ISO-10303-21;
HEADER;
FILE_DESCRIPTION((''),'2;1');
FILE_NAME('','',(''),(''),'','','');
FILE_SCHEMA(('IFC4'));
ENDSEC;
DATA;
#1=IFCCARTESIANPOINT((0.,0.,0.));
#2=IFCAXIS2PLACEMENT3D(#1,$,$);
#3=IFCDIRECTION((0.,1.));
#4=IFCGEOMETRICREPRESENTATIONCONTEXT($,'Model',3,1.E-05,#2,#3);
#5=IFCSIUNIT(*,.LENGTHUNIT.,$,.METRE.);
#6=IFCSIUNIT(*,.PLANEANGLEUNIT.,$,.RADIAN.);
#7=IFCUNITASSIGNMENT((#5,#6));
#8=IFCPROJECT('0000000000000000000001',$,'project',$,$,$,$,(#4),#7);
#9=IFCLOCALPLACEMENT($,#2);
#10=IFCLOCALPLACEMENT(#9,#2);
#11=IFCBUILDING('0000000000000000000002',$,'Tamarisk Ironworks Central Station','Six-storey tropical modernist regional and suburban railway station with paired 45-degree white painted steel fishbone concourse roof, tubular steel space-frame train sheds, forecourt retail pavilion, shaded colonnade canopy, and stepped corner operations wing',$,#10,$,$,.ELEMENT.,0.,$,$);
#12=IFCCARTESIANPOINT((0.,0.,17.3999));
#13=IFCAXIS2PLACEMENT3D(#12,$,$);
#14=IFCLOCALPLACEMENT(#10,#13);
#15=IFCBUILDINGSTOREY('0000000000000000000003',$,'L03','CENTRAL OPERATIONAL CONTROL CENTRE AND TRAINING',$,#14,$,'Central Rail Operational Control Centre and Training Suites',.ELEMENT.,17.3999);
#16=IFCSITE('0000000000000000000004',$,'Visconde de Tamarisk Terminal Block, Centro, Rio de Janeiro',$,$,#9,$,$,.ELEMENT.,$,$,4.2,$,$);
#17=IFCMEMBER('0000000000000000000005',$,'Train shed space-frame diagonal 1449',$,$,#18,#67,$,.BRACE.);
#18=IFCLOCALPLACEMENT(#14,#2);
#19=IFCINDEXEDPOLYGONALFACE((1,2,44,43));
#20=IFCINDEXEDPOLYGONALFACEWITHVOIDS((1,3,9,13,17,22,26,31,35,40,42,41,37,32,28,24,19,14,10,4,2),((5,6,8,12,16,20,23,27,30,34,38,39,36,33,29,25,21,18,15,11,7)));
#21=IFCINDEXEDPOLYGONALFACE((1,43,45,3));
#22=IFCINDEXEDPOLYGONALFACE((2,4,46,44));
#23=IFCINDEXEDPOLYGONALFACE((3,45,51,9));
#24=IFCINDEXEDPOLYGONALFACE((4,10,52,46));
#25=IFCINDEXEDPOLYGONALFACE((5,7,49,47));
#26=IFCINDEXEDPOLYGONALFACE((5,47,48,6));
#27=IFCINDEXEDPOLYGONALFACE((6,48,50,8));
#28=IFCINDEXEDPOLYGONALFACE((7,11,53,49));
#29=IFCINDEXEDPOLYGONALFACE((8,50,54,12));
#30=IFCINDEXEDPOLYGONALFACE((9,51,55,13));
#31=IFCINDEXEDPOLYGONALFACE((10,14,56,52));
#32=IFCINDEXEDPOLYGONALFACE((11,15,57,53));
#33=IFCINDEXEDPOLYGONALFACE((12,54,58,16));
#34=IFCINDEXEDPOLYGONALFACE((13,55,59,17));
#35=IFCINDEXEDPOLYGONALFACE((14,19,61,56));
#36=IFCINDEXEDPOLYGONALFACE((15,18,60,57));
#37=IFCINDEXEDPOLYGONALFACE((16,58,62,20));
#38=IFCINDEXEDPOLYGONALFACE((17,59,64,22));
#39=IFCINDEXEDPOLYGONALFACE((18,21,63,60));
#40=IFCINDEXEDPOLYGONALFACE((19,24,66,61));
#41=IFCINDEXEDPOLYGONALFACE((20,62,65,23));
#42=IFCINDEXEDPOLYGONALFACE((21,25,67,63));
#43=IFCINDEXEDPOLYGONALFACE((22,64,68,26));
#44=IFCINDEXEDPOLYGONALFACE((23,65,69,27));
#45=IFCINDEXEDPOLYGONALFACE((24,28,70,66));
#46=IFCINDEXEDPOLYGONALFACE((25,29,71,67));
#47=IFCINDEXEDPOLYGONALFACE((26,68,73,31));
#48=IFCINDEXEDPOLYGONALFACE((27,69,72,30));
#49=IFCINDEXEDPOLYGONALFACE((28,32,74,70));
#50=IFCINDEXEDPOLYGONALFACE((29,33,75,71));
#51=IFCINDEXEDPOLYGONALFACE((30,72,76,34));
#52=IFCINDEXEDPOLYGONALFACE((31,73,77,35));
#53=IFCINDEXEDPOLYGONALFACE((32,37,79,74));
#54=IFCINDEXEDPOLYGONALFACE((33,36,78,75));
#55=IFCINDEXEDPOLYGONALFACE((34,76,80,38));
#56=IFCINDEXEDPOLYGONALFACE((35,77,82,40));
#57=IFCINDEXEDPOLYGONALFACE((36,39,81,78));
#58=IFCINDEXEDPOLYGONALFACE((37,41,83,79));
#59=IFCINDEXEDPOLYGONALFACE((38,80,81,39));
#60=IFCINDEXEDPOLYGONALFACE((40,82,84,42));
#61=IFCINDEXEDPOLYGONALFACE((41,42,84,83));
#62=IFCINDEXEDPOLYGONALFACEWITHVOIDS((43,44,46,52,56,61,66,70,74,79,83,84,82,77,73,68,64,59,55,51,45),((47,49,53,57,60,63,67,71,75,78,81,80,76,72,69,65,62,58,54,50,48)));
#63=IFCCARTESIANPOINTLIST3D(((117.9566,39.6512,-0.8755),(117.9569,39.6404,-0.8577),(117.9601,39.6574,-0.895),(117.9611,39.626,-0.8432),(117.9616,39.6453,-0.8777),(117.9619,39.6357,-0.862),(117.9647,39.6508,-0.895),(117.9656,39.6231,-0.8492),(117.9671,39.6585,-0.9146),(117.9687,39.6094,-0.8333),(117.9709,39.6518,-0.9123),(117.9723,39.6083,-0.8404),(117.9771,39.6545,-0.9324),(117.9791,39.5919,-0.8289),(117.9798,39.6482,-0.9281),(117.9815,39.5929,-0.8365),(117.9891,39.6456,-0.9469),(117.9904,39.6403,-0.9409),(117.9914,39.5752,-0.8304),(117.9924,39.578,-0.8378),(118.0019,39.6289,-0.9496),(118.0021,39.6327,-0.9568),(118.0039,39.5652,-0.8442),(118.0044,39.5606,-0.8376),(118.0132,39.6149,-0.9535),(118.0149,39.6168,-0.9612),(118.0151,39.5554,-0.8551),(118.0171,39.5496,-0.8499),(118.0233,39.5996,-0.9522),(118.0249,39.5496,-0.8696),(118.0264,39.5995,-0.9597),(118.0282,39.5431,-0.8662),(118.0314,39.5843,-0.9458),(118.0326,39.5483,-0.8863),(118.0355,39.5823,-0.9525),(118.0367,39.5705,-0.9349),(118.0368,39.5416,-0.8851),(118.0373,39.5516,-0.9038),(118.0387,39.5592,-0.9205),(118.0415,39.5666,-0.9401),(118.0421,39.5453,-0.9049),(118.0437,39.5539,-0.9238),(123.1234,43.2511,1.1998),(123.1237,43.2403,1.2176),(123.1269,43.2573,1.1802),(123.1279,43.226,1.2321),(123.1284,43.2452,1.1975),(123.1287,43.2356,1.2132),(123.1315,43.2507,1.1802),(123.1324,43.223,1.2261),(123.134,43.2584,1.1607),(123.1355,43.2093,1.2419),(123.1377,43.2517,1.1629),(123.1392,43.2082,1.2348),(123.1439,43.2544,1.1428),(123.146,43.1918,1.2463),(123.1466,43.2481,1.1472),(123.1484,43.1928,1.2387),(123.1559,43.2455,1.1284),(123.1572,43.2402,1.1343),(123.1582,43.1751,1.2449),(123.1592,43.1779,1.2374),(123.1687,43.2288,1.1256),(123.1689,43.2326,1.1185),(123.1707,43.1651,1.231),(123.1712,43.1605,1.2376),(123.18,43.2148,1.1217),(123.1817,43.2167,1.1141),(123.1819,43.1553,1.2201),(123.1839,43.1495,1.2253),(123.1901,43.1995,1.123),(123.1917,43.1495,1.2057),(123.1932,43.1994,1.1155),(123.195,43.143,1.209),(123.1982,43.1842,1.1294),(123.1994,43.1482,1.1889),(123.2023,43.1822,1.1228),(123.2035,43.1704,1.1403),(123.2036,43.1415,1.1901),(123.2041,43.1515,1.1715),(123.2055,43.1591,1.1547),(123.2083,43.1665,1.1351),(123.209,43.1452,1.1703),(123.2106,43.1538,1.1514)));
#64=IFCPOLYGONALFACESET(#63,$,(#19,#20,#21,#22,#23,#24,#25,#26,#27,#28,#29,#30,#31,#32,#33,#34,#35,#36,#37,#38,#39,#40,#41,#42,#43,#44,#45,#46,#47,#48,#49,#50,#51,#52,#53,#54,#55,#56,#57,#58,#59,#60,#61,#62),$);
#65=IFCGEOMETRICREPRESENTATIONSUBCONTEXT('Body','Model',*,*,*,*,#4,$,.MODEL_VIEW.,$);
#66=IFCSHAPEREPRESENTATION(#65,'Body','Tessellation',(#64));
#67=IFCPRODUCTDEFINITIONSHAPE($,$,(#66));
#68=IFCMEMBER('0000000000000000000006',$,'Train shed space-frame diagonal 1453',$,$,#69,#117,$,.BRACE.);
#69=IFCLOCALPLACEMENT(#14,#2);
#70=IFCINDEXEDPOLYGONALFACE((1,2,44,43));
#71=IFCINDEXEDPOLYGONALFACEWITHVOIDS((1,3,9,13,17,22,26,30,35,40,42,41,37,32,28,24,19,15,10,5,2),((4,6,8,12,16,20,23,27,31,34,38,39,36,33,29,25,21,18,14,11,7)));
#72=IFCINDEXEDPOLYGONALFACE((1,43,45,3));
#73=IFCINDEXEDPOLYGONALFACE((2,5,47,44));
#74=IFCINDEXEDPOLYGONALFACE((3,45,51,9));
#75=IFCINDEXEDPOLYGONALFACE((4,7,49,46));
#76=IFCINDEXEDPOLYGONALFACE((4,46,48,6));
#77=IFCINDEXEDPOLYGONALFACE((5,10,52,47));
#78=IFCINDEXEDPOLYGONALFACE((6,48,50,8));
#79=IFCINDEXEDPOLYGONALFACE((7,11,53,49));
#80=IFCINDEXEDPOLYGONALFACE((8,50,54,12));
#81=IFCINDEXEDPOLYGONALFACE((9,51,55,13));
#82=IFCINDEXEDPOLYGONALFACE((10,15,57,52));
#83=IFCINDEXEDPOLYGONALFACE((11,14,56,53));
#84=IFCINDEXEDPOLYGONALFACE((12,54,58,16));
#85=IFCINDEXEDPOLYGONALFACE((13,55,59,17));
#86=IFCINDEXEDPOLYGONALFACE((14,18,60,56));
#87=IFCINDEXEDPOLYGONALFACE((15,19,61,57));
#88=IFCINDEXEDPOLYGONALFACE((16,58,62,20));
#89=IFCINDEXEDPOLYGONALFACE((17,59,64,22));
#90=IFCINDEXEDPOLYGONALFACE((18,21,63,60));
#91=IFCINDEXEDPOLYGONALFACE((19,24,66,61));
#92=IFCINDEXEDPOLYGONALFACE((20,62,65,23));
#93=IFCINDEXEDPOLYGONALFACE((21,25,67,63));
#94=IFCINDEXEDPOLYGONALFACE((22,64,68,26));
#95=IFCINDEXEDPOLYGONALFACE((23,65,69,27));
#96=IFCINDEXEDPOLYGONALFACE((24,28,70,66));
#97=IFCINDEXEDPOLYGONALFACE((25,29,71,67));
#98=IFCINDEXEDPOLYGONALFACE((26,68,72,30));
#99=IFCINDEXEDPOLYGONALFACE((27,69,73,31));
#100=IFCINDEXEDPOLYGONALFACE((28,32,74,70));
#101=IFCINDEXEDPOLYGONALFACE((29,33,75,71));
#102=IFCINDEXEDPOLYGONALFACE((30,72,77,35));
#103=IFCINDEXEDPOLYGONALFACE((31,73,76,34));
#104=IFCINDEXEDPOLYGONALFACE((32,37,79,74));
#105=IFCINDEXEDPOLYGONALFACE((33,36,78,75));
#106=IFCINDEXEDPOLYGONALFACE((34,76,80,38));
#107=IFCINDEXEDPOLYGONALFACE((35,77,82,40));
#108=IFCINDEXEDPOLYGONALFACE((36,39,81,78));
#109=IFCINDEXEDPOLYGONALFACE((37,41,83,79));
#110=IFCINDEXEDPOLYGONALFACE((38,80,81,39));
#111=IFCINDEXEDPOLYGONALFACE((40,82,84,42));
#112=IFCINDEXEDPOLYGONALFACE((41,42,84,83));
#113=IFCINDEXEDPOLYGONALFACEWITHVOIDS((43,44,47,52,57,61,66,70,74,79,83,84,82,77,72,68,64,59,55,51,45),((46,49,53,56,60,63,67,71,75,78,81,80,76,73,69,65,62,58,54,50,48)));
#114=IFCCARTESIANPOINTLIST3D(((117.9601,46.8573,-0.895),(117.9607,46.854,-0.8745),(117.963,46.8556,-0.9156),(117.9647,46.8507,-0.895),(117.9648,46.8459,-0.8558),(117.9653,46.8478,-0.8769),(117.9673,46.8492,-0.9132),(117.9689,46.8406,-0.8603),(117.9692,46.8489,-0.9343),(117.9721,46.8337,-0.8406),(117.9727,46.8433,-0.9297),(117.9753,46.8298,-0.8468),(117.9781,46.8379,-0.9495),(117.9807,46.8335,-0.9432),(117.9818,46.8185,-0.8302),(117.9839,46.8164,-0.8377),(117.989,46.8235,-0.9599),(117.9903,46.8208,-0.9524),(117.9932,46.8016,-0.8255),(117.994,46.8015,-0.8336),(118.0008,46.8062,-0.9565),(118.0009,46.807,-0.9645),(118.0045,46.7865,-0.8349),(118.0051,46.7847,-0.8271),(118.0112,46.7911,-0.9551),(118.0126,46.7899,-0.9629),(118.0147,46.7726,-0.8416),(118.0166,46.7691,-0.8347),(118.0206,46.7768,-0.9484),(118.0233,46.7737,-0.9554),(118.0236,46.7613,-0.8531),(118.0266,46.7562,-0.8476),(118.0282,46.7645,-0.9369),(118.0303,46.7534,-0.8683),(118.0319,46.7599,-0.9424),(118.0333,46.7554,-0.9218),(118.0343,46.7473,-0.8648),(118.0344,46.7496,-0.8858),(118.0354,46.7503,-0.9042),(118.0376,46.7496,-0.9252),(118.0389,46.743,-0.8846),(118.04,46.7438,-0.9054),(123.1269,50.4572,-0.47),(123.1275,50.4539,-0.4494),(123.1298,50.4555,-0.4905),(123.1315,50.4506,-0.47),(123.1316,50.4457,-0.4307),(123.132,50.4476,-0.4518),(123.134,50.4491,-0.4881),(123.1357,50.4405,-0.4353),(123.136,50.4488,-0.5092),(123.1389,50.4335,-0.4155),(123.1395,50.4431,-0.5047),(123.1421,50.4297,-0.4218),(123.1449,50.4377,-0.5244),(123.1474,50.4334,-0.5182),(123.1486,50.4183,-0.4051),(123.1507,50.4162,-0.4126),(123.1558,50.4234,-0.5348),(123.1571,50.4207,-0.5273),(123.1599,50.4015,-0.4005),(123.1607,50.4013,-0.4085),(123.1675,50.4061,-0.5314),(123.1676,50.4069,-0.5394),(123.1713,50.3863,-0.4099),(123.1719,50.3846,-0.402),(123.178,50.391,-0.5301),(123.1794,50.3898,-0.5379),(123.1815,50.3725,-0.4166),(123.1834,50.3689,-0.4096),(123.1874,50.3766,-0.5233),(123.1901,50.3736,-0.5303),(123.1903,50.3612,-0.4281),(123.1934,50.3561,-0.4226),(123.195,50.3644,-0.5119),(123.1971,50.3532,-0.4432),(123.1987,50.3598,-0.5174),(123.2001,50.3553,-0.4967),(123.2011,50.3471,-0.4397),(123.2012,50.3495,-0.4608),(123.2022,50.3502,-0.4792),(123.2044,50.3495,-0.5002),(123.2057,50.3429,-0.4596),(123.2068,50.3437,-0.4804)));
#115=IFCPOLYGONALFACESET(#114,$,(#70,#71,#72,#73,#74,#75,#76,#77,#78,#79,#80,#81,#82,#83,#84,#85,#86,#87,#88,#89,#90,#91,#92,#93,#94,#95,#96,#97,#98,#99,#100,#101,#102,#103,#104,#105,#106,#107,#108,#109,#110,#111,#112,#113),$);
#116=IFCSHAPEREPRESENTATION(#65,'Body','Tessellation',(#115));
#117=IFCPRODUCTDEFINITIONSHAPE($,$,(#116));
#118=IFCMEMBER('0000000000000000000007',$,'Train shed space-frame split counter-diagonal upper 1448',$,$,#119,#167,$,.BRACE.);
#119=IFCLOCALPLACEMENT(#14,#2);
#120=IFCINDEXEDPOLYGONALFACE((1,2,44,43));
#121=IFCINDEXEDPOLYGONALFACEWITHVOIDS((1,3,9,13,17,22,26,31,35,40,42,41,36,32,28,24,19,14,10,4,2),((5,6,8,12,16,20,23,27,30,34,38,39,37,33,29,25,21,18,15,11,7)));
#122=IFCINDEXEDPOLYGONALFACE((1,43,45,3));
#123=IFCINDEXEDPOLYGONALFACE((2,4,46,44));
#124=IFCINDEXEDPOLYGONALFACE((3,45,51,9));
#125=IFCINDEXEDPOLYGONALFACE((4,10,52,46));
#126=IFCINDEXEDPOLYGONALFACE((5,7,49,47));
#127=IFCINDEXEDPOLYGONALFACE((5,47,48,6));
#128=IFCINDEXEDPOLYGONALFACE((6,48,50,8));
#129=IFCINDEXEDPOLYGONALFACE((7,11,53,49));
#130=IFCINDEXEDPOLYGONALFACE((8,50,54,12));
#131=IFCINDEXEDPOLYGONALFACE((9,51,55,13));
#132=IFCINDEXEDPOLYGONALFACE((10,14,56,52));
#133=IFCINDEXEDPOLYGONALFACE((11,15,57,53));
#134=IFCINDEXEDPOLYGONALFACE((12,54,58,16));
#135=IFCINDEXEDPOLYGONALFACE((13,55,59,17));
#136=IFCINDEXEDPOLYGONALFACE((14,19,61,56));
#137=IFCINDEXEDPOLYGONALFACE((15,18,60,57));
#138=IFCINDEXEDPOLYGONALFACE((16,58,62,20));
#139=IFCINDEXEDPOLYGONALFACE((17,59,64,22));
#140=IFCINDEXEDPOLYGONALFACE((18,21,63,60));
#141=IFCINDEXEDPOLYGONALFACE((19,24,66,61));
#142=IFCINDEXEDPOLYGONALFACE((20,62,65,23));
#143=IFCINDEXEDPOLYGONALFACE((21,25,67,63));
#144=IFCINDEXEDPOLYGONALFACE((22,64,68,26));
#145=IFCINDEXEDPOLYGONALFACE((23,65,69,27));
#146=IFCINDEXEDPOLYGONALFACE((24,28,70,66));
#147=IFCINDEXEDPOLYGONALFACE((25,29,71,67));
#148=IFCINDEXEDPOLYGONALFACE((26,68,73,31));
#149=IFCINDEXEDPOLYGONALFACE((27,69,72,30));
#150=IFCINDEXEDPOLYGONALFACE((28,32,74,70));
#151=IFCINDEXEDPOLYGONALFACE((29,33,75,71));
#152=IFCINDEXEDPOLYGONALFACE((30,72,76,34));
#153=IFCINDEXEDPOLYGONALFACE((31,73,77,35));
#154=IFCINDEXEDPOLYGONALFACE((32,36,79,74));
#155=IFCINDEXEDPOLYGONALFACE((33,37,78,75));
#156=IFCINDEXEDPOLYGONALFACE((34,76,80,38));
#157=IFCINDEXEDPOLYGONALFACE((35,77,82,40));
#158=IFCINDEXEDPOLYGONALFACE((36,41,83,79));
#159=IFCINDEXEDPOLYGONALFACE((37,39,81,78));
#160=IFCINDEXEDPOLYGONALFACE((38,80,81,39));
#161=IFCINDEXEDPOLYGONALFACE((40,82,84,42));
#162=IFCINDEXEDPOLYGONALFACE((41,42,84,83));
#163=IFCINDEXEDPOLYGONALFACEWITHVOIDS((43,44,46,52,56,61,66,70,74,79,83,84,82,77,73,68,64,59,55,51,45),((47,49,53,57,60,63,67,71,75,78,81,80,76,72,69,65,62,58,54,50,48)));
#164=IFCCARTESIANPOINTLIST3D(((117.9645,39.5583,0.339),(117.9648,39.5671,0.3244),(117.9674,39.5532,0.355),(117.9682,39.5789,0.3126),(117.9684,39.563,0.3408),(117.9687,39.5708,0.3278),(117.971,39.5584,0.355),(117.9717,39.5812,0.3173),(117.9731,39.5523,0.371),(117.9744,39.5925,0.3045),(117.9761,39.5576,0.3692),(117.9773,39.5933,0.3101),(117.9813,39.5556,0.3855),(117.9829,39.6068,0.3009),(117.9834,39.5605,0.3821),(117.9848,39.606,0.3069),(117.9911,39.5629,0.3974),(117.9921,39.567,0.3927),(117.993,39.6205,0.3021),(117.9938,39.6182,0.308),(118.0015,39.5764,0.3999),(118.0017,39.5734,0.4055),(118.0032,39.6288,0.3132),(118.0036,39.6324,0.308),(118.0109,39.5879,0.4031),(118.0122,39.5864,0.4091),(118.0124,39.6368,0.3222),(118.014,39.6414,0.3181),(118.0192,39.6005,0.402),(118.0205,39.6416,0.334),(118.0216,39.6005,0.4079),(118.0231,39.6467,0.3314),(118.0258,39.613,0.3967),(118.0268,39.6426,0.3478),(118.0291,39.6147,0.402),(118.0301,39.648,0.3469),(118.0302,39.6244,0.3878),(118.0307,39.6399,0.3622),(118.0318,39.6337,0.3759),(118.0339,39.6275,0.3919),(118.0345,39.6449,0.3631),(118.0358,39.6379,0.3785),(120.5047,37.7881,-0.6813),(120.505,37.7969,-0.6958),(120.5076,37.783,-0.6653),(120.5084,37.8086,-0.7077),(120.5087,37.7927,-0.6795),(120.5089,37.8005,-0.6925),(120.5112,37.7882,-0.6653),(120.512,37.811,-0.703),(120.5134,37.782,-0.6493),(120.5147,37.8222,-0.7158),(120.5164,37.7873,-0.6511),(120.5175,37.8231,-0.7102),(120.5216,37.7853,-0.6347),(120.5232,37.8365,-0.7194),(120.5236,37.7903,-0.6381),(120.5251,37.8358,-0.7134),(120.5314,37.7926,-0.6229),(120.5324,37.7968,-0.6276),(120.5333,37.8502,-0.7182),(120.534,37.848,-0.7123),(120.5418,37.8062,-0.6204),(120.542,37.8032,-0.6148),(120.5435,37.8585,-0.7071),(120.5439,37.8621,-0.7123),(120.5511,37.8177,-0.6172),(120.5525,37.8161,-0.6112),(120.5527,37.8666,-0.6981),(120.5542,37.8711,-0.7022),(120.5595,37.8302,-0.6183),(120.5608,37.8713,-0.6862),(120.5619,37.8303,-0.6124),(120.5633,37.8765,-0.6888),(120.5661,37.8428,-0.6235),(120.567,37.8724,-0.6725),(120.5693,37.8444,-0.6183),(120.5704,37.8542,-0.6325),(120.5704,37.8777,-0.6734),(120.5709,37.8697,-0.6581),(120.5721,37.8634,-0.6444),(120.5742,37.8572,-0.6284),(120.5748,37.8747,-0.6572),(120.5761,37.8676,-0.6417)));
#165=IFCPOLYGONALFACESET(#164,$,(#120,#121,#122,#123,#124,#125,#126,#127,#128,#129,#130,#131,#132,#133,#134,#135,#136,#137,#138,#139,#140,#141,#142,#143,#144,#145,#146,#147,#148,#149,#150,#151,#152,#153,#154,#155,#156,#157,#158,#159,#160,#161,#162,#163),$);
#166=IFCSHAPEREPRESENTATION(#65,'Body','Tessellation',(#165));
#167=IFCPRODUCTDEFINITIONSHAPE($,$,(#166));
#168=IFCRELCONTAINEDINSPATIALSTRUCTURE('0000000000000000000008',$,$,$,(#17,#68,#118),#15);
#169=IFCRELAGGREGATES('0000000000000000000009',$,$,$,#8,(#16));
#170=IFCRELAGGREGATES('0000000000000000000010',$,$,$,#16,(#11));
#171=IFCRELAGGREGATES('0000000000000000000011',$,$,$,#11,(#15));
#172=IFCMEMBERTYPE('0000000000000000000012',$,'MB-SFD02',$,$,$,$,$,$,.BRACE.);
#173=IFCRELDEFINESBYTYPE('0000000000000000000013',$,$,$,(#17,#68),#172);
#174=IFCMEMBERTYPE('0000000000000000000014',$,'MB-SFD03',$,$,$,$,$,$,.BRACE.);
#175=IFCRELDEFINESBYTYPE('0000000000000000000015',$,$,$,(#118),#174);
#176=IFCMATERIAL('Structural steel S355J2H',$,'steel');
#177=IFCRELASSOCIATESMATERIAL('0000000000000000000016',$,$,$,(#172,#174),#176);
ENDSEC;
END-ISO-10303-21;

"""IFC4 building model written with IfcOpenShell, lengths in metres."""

from ifc_helpers import new_model, si_unit, direction, frame, origin, origin_2d, place, context, subcontext, project, spatial, hollow_circle, extrude, material, material_profile, profile_set, type_object, element, save


model = new_model("IFC4")

# Units and contexts
model_context = context("Model", 3, precision=1e-05, world=origin(), true_north=direction((0.0, 1.0)))
body_context = subcontext(model_context, "Body", "Model", "MODEL_VIEW")
ifc_project = project(units=[si_unit("LENGTHUNIT", "METRE"), si_unit("PLANEANGLEUNIT", "RADIAN")], contexts=[model_context])

# Site, building, storey
site_placement = place(None, origin())
site = spatial("IfcSite", under=ifc_project, at=site_placement, Name="Visconde de Tamarisk Terminal Block, Centro, Rio de Janeiro", CompositionType="ELEMENT", RefElevation=4.2)
building_placement = place(site_placement, origin())
building = spatial("IfcBuilding", under=site, at=building_placement, Name="Tamarisk Ironworks Central Station", Description="Six-storey tropical modernist regional and suburban railway station with paired 45-degree white painted steel fishbone concourse roof, tubular steel space-frame train sheds, forecourt retail pavilion, shaded colonnade canopy, and stepped corner operations wing", CompositionType="ELEMENT", ElevationOfRefHeight=0.0)
storey_placement = place(building_placement, frame((0.0, 0.0, 17.3999)))
storey = spatial("IfcBuildingStorey", under=building, at=storey_placement, Name="L03", Description="CENTRAL OPERATIONAL CONTROL CENTRE AND TRAINING", LongName="Central Rail Operational Control Centre and Training Suites", CompositionType="ELEMENT", Elevation=17.3999)

# Members
ifc_material_1 = material(Name="Structural steel S355J2H", Category="steel")
ifc_material_profile_1 = material_profile(ifc_material_1, hollow_circle(Radius=0.0698, WallThickness=0.0081, at=origin_2d()), Name="CHS 139.7x8")
ifc_profile_set_1 = profile_set([ifc_material_profile_1], Name="Structural steel S355J2H")
member_type_1 = type_object("IfcMemberType", Name="MB-SFD02", PredefinedType="BRACE", material=ifc_profile_set_1)
member_1_placement = place(storey_placement, frame((118.0, 39.6001, -0.895), z_axis=(0.779265, 0.542941, 0.312987), x_axis=(-0.571663, 0.820489, 0.0)))
element("IfcMember", 1, at=member_1_placement, inside=storey, type_object=member_type_1, Name="Train shed space-frame diagonal 1449", PredefinedType="BRACE", context=body_context, shape_type="SweptSolid", body=[
    extrude(hollow_circle(Radius=0.0698, WallThickness=0.0081, at=origin_2d()), origin(), (0.0, 0.0, 1.0), 6.6304),
])
member_2_placement = place(storey_placement, frame((118.0, 46.8, -0.895), z_axis=(0.818626, 0.570365, 0.067345), x_axis=(-0.571663, 0.820489, 0.0)))
element("IfcMember", 2, at=member_2_placement, inside=storey, type_object=member_type_1, Name="Train shed space-frame diagonal 1453", PredefinedType="BRACE", context=body_context, shape_type="SweptSolid", body=[
    extrude(hollow_circle(Radius=0.0698, WallThickness=0.0081, at=origin_2d()), origin(), (0.0, 0.0, 1.0), 6.3115),
])
ifc_material_profile_2 = material_profile(ifc_material_1, hollow_circle(Radius=0.0571, WallThickness=0.0063, at=origin_2d()), Name="CHS 114.3x6.3")
ifc_profile_set_2 = profile_set([ifc_material_profile_2], Name="Structural steel S355J2H")
member_type_2 = type_object("IfcMemberType", Name="MB-SFD03", PredefinedType="BRACE", material=ifc_profile_set_2)
member_3_placement = place(storey_placement, frame((120.5403, 37.8298, -0.6653), z_axis=(-0.77922, 0.54302, 0.312961), x_axis=(-0.571741, -0.820434, 0.0)))
element("IfcMember", 3, at=member_3_placement, inside=storey, type_object=member_type_2, Name="Train shed space-frame split counter-diagonal upper 1448", PredefinedType="BRACE", context=body_context, shape_type="SweptSolid", body=[
    extrude(hollow_circle(Radius=0.0571, WallThickness=0.0063, at=origin_2d()), origin(), (0.0, 0.0, 1.0), 3.26),
])

save(model, "model.ifc")
